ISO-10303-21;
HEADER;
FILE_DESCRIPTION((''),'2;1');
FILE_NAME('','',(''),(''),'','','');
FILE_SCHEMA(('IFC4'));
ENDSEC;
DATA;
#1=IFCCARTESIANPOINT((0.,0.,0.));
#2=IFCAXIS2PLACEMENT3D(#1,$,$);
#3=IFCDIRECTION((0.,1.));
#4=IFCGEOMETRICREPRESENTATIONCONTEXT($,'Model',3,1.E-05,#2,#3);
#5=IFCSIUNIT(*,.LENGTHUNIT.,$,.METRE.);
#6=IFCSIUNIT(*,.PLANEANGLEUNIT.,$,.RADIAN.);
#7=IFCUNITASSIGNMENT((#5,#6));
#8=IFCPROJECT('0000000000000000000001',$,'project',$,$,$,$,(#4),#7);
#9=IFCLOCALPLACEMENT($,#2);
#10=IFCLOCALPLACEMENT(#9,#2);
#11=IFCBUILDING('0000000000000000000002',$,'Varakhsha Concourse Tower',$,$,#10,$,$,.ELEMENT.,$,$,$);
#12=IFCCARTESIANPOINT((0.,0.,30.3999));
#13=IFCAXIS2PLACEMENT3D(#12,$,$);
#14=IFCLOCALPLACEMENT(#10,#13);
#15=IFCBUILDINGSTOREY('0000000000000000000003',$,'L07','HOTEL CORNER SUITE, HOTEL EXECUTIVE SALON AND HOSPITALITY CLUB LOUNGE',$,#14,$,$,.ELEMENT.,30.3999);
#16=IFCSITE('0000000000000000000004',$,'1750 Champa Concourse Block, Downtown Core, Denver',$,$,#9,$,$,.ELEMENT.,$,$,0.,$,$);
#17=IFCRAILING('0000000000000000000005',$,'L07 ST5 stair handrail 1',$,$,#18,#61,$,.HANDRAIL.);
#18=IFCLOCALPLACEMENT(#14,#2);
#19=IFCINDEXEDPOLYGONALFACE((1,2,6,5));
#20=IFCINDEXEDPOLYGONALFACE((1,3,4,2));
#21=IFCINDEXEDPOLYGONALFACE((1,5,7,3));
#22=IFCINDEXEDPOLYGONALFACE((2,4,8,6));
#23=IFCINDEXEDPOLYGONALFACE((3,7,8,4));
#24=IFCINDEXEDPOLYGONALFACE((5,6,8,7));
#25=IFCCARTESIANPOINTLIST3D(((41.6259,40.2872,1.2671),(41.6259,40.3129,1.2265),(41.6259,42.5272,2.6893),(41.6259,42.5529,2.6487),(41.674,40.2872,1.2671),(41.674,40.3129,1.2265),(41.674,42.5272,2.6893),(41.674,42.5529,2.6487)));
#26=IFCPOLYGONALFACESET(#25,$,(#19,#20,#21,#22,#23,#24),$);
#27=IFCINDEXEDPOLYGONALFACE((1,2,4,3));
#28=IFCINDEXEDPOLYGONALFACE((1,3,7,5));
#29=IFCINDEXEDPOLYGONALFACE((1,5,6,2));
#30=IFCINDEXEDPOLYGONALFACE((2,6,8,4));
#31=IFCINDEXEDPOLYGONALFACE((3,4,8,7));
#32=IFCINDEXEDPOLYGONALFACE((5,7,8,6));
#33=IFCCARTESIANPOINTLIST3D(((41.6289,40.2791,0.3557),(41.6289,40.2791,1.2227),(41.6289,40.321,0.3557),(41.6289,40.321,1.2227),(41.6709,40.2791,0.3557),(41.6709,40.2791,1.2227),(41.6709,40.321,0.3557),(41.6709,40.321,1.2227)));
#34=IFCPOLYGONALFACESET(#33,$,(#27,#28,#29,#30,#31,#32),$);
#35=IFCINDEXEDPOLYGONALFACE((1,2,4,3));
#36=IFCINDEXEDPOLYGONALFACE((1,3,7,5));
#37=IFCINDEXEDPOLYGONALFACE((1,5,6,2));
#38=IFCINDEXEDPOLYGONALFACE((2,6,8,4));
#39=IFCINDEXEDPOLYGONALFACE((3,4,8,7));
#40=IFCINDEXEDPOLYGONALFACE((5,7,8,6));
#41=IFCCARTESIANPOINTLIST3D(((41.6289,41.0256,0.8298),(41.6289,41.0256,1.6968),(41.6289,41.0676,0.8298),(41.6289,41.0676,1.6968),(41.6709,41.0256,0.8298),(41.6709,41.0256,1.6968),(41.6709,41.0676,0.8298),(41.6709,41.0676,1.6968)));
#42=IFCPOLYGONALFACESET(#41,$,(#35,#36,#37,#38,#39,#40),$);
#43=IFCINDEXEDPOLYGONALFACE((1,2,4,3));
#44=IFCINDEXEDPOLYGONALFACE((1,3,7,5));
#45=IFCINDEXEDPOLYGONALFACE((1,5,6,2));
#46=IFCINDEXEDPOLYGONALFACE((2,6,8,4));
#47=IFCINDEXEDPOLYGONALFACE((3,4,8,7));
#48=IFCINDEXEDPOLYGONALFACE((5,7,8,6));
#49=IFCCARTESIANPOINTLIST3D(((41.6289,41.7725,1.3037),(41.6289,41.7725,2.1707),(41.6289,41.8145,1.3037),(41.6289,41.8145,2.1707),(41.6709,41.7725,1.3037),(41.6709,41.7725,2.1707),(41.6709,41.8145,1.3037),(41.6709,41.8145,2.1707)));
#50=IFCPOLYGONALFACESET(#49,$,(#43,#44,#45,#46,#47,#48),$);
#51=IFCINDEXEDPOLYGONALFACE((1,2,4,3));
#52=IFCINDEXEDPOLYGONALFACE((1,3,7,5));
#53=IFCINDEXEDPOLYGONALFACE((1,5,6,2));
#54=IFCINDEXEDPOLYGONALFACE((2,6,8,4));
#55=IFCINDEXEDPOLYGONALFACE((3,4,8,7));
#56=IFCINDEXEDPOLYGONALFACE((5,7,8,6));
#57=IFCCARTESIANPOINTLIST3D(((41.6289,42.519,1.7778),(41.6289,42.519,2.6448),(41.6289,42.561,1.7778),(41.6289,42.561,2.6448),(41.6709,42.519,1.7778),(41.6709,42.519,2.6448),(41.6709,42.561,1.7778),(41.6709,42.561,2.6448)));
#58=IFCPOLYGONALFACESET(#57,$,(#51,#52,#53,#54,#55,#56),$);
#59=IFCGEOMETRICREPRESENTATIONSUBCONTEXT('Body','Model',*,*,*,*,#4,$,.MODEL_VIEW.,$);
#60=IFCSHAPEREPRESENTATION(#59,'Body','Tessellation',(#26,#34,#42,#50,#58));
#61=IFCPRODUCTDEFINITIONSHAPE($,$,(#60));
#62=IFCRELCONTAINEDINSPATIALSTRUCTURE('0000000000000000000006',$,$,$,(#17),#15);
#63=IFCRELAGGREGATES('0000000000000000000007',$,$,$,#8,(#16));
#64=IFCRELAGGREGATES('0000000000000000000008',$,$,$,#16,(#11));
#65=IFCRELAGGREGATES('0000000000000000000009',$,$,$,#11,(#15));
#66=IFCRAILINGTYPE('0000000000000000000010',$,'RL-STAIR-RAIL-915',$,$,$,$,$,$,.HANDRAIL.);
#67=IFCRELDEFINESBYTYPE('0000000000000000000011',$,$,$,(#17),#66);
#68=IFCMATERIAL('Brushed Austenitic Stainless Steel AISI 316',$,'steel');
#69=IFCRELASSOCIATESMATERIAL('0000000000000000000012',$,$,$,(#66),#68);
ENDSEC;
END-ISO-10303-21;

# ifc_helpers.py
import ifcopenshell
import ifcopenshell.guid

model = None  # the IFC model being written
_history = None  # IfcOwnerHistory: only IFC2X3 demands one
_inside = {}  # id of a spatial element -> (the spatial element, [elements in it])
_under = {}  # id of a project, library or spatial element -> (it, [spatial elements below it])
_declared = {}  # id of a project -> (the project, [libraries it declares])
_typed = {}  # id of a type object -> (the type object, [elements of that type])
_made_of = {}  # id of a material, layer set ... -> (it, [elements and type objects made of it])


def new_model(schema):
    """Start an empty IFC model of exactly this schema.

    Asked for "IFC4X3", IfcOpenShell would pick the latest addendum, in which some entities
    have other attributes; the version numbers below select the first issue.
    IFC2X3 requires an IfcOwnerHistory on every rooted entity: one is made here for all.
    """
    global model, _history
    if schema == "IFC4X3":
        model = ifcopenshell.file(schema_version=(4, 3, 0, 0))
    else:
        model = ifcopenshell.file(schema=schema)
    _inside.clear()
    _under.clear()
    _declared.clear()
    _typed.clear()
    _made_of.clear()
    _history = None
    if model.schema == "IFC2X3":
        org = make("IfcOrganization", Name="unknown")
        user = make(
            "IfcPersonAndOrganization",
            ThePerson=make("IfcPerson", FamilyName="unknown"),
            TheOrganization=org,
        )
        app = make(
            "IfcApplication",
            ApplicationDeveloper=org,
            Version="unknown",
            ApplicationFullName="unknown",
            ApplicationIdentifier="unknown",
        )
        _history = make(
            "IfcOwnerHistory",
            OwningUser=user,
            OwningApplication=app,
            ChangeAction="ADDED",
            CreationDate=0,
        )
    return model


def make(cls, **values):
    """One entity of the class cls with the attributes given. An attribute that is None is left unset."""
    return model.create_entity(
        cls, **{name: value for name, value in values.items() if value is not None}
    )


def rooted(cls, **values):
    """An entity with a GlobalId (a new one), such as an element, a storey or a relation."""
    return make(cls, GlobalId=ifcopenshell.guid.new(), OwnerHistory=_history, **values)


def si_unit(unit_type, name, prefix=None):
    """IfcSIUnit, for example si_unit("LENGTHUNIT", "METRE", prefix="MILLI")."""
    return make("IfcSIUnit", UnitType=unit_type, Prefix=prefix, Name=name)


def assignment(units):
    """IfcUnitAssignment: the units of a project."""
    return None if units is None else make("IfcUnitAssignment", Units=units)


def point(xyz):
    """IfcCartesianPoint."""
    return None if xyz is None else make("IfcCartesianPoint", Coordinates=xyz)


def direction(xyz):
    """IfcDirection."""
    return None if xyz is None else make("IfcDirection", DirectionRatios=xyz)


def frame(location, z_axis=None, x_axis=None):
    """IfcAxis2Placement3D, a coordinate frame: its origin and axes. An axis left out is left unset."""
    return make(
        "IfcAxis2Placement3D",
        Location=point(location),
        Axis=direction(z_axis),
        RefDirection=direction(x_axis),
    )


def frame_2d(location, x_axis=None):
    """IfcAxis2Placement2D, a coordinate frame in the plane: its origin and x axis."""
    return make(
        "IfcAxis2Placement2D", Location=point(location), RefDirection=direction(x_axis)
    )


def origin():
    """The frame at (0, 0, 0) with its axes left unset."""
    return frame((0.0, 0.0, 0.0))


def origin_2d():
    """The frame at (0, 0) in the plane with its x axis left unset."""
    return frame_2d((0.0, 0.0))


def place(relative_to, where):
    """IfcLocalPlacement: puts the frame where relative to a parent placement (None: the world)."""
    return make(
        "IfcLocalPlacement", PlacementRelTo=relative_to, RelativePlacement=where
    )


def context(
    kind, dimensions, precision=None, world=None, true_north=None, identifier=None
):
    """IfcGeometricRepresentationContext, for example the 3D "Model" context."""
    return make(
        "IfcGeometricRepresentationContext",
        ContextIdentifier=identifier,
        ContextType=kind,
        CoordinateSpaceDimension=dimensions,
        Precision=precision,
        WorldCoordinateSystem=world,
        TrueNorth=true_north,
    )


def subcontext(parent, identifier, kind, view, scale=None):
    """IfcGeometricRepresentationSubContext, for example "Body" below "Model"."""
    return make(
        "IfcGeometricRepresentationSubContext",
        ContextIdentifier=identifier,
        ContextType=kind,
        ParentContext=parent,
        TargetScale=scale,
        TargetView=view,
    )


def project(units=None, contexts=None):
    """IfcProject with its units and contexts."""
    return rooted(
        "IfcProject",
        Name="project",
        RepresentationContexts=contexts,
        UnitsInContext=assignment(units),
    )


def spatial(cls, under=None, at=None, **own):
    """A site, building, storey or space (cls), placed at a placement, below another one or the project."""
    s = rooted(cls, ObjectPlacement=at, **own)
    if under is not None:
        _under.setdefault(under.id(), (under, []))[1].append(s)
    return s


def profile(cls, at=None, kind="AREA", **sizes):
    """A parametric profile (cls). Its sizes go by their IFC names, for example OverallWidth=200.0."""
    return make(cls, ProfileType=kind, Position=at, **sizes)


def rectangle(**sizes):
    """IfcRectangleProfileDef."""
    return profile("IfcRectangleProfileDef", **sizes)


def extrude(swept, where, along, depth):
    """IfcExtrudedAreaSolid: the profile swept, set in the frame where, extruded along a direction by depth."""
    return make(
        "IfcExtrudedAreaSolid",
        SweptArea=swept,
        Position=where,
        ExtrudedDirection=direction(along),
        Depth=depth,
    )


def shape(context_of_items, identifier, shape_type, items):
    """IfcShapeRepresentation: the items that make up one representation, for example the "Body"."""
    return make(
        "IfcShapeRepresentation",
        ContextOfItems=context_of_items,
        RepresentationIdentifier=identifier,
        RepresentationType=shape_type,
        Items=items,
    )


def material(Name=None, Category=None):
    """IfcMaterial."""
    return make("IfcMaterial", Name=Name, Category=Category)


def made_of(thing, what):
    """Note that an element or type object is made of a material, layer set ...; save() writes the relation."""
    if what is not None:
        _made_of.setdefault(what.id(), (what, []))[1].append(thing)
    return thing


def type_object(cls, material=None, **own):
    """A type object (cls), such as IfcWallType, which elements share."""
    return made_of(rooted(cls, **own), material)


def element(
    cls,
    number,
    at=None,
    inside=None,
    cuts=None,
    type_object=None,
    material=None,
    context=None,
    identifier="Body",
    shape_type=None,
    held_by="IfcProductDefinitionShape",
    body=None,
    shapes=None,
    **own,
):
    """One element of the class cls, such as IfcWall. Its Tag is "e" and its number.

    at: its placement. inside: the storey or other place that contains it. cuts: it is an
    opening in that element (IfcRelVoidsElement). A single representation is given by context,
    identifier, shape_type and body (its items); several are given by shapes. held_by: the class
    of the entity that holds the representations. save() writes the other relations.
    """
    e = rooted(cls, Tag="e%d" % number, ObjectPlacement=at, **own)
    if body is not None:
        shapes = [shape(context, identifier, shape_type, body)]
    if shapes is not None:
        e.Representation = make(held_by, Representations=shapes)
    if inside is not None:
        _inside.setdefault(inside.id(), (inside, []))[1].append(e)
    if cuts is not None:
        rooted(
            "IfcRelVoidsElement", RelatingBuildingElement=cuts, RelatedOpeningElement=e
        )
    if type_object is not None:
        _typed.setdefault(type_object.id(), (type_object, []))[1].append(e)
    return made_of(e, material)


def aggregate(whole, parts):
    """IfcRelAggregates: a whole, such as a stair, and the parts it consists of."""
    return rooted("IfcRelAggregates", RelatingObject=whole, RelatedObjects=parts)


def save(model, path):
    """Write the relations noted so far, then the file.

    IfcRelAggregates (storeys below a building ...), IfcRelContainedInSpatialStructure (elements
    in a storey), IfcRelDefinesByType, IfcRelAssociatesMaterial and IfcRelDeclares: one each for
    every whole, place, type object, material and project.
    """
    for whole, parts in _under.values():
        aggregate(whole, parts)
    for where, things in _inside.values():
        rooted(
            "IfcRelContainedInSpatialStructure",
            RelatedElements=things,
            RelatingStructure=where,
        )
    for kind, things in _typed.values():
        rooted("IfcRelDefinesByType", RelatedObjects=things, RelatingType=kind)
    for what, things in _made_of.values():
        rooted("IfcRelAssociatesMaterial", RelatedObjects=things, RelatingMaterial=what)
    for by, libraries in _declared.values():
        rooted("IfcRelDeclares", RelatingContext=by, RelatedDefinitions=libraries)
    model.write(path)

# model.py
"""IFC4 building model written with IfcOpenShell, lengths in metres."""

from ifc_helpers import new_model, si_unit, direction, frame, origin, origin_2d, place, context, subcontext, project, spatial, rectangle, extrude, material, type_object, element, save


model = new_model("IFC4")

# Units and contexts
model_context = context("Model", 3, precision=1e-05, world=origin(), true_north=direction((0.0, 1.0)))
body_context = subcontext(model_context, "Body", "Model", "MODEL_VIEW")
ifc_project = project(units=[si_unit("LENGTHUNIT", "METRE"), si_unit("PLANEANGLEUNIT", "RADIAN")], contexts=[model_context])

# Site, building, storey
site_placement = place(None, origin())
site = spatial("IfcSite", under=ifc_project, at=site_placement, Name="1750 Champa Concourse Block, Downtown Core, Denver", CompositionType="ELEMENT", RefElevation=0.0)
building_placement = place(site_placement, origin())
building = spatial("IfcBuilding", under=site, at=building_placement, Name="Varakhsha Concourse Tower", CompositionType="ELEMENT")
storey_placement = place(building_placement, frame((0.0, 0.0, 30.3999)))
storey = spatial("IfcBuildingStorey", under=building, at=storey_placement, Name="L07", Description="HOTEL CORNER SUITE, HOTEL EXECUTIVE SALON AND HOSPITALITY CLUB LOUNGE", CompositionType="ELEMENT", Elevation=30.3999)

# Railing
ifc_material_1 = material(Name="Brushed Austenitic Stainless Steel AISI 316", Category="steel")
railing_type_1 = type_object("IfcRailingType", Name="RL-STAIR-RAIL-915", PredefinedType="HANDRAIL", material=ifc_material_1)
railing_1_placement = place(storey_placement, frame((41.6499, 40.3, 0.3557)))
element("IfcRailing", 1, at=railing_1_placement, inside=storey, type_object=railing_type_1, Name="L07 ST5 stair handrail 1", PredefinedType="HANDRAIL", context=body_context, shape_type="SweptSolid", body=[
    extrude(rectangle(XDim=0.0481, YDim=0.0481, at=origin_2d()), frame((0.0, 0.0, 0.8911), z_axis=(0.0, 0.844229, 0.535982), x_axis=(-1.0, 0.0, 0.0)), (0.0, 0.0, 1.0), 2.6533),
    extrude(rectangle(XDim=0.042, YDim=0.042, at=origin_2d()), origin(), (0.0, 0.0, 1.0), 0.8669),
    extrude(rectangle(XDim=0.042, YDim=0.042, at=origin_2d()), frame((0.0, 0.7466, 0.4741)), (0.0, 0.0, 1.0), 0.8669),
    extrude(rectangle(XDim=0.042, YDim=0.042, at=origin_2d()), frame((0.0, 1.4934, 0.948)), (0.0, 0.0, 1.0), 0.8669),
    extrude(rectangle(XDim=0.042, YDim=0.042, at=origin_2d()), frame((0.0, 2.24, 1.4221)), (0.0, 0.0, 1.0), 0.8669),
])

save(model, "model.ifc")
